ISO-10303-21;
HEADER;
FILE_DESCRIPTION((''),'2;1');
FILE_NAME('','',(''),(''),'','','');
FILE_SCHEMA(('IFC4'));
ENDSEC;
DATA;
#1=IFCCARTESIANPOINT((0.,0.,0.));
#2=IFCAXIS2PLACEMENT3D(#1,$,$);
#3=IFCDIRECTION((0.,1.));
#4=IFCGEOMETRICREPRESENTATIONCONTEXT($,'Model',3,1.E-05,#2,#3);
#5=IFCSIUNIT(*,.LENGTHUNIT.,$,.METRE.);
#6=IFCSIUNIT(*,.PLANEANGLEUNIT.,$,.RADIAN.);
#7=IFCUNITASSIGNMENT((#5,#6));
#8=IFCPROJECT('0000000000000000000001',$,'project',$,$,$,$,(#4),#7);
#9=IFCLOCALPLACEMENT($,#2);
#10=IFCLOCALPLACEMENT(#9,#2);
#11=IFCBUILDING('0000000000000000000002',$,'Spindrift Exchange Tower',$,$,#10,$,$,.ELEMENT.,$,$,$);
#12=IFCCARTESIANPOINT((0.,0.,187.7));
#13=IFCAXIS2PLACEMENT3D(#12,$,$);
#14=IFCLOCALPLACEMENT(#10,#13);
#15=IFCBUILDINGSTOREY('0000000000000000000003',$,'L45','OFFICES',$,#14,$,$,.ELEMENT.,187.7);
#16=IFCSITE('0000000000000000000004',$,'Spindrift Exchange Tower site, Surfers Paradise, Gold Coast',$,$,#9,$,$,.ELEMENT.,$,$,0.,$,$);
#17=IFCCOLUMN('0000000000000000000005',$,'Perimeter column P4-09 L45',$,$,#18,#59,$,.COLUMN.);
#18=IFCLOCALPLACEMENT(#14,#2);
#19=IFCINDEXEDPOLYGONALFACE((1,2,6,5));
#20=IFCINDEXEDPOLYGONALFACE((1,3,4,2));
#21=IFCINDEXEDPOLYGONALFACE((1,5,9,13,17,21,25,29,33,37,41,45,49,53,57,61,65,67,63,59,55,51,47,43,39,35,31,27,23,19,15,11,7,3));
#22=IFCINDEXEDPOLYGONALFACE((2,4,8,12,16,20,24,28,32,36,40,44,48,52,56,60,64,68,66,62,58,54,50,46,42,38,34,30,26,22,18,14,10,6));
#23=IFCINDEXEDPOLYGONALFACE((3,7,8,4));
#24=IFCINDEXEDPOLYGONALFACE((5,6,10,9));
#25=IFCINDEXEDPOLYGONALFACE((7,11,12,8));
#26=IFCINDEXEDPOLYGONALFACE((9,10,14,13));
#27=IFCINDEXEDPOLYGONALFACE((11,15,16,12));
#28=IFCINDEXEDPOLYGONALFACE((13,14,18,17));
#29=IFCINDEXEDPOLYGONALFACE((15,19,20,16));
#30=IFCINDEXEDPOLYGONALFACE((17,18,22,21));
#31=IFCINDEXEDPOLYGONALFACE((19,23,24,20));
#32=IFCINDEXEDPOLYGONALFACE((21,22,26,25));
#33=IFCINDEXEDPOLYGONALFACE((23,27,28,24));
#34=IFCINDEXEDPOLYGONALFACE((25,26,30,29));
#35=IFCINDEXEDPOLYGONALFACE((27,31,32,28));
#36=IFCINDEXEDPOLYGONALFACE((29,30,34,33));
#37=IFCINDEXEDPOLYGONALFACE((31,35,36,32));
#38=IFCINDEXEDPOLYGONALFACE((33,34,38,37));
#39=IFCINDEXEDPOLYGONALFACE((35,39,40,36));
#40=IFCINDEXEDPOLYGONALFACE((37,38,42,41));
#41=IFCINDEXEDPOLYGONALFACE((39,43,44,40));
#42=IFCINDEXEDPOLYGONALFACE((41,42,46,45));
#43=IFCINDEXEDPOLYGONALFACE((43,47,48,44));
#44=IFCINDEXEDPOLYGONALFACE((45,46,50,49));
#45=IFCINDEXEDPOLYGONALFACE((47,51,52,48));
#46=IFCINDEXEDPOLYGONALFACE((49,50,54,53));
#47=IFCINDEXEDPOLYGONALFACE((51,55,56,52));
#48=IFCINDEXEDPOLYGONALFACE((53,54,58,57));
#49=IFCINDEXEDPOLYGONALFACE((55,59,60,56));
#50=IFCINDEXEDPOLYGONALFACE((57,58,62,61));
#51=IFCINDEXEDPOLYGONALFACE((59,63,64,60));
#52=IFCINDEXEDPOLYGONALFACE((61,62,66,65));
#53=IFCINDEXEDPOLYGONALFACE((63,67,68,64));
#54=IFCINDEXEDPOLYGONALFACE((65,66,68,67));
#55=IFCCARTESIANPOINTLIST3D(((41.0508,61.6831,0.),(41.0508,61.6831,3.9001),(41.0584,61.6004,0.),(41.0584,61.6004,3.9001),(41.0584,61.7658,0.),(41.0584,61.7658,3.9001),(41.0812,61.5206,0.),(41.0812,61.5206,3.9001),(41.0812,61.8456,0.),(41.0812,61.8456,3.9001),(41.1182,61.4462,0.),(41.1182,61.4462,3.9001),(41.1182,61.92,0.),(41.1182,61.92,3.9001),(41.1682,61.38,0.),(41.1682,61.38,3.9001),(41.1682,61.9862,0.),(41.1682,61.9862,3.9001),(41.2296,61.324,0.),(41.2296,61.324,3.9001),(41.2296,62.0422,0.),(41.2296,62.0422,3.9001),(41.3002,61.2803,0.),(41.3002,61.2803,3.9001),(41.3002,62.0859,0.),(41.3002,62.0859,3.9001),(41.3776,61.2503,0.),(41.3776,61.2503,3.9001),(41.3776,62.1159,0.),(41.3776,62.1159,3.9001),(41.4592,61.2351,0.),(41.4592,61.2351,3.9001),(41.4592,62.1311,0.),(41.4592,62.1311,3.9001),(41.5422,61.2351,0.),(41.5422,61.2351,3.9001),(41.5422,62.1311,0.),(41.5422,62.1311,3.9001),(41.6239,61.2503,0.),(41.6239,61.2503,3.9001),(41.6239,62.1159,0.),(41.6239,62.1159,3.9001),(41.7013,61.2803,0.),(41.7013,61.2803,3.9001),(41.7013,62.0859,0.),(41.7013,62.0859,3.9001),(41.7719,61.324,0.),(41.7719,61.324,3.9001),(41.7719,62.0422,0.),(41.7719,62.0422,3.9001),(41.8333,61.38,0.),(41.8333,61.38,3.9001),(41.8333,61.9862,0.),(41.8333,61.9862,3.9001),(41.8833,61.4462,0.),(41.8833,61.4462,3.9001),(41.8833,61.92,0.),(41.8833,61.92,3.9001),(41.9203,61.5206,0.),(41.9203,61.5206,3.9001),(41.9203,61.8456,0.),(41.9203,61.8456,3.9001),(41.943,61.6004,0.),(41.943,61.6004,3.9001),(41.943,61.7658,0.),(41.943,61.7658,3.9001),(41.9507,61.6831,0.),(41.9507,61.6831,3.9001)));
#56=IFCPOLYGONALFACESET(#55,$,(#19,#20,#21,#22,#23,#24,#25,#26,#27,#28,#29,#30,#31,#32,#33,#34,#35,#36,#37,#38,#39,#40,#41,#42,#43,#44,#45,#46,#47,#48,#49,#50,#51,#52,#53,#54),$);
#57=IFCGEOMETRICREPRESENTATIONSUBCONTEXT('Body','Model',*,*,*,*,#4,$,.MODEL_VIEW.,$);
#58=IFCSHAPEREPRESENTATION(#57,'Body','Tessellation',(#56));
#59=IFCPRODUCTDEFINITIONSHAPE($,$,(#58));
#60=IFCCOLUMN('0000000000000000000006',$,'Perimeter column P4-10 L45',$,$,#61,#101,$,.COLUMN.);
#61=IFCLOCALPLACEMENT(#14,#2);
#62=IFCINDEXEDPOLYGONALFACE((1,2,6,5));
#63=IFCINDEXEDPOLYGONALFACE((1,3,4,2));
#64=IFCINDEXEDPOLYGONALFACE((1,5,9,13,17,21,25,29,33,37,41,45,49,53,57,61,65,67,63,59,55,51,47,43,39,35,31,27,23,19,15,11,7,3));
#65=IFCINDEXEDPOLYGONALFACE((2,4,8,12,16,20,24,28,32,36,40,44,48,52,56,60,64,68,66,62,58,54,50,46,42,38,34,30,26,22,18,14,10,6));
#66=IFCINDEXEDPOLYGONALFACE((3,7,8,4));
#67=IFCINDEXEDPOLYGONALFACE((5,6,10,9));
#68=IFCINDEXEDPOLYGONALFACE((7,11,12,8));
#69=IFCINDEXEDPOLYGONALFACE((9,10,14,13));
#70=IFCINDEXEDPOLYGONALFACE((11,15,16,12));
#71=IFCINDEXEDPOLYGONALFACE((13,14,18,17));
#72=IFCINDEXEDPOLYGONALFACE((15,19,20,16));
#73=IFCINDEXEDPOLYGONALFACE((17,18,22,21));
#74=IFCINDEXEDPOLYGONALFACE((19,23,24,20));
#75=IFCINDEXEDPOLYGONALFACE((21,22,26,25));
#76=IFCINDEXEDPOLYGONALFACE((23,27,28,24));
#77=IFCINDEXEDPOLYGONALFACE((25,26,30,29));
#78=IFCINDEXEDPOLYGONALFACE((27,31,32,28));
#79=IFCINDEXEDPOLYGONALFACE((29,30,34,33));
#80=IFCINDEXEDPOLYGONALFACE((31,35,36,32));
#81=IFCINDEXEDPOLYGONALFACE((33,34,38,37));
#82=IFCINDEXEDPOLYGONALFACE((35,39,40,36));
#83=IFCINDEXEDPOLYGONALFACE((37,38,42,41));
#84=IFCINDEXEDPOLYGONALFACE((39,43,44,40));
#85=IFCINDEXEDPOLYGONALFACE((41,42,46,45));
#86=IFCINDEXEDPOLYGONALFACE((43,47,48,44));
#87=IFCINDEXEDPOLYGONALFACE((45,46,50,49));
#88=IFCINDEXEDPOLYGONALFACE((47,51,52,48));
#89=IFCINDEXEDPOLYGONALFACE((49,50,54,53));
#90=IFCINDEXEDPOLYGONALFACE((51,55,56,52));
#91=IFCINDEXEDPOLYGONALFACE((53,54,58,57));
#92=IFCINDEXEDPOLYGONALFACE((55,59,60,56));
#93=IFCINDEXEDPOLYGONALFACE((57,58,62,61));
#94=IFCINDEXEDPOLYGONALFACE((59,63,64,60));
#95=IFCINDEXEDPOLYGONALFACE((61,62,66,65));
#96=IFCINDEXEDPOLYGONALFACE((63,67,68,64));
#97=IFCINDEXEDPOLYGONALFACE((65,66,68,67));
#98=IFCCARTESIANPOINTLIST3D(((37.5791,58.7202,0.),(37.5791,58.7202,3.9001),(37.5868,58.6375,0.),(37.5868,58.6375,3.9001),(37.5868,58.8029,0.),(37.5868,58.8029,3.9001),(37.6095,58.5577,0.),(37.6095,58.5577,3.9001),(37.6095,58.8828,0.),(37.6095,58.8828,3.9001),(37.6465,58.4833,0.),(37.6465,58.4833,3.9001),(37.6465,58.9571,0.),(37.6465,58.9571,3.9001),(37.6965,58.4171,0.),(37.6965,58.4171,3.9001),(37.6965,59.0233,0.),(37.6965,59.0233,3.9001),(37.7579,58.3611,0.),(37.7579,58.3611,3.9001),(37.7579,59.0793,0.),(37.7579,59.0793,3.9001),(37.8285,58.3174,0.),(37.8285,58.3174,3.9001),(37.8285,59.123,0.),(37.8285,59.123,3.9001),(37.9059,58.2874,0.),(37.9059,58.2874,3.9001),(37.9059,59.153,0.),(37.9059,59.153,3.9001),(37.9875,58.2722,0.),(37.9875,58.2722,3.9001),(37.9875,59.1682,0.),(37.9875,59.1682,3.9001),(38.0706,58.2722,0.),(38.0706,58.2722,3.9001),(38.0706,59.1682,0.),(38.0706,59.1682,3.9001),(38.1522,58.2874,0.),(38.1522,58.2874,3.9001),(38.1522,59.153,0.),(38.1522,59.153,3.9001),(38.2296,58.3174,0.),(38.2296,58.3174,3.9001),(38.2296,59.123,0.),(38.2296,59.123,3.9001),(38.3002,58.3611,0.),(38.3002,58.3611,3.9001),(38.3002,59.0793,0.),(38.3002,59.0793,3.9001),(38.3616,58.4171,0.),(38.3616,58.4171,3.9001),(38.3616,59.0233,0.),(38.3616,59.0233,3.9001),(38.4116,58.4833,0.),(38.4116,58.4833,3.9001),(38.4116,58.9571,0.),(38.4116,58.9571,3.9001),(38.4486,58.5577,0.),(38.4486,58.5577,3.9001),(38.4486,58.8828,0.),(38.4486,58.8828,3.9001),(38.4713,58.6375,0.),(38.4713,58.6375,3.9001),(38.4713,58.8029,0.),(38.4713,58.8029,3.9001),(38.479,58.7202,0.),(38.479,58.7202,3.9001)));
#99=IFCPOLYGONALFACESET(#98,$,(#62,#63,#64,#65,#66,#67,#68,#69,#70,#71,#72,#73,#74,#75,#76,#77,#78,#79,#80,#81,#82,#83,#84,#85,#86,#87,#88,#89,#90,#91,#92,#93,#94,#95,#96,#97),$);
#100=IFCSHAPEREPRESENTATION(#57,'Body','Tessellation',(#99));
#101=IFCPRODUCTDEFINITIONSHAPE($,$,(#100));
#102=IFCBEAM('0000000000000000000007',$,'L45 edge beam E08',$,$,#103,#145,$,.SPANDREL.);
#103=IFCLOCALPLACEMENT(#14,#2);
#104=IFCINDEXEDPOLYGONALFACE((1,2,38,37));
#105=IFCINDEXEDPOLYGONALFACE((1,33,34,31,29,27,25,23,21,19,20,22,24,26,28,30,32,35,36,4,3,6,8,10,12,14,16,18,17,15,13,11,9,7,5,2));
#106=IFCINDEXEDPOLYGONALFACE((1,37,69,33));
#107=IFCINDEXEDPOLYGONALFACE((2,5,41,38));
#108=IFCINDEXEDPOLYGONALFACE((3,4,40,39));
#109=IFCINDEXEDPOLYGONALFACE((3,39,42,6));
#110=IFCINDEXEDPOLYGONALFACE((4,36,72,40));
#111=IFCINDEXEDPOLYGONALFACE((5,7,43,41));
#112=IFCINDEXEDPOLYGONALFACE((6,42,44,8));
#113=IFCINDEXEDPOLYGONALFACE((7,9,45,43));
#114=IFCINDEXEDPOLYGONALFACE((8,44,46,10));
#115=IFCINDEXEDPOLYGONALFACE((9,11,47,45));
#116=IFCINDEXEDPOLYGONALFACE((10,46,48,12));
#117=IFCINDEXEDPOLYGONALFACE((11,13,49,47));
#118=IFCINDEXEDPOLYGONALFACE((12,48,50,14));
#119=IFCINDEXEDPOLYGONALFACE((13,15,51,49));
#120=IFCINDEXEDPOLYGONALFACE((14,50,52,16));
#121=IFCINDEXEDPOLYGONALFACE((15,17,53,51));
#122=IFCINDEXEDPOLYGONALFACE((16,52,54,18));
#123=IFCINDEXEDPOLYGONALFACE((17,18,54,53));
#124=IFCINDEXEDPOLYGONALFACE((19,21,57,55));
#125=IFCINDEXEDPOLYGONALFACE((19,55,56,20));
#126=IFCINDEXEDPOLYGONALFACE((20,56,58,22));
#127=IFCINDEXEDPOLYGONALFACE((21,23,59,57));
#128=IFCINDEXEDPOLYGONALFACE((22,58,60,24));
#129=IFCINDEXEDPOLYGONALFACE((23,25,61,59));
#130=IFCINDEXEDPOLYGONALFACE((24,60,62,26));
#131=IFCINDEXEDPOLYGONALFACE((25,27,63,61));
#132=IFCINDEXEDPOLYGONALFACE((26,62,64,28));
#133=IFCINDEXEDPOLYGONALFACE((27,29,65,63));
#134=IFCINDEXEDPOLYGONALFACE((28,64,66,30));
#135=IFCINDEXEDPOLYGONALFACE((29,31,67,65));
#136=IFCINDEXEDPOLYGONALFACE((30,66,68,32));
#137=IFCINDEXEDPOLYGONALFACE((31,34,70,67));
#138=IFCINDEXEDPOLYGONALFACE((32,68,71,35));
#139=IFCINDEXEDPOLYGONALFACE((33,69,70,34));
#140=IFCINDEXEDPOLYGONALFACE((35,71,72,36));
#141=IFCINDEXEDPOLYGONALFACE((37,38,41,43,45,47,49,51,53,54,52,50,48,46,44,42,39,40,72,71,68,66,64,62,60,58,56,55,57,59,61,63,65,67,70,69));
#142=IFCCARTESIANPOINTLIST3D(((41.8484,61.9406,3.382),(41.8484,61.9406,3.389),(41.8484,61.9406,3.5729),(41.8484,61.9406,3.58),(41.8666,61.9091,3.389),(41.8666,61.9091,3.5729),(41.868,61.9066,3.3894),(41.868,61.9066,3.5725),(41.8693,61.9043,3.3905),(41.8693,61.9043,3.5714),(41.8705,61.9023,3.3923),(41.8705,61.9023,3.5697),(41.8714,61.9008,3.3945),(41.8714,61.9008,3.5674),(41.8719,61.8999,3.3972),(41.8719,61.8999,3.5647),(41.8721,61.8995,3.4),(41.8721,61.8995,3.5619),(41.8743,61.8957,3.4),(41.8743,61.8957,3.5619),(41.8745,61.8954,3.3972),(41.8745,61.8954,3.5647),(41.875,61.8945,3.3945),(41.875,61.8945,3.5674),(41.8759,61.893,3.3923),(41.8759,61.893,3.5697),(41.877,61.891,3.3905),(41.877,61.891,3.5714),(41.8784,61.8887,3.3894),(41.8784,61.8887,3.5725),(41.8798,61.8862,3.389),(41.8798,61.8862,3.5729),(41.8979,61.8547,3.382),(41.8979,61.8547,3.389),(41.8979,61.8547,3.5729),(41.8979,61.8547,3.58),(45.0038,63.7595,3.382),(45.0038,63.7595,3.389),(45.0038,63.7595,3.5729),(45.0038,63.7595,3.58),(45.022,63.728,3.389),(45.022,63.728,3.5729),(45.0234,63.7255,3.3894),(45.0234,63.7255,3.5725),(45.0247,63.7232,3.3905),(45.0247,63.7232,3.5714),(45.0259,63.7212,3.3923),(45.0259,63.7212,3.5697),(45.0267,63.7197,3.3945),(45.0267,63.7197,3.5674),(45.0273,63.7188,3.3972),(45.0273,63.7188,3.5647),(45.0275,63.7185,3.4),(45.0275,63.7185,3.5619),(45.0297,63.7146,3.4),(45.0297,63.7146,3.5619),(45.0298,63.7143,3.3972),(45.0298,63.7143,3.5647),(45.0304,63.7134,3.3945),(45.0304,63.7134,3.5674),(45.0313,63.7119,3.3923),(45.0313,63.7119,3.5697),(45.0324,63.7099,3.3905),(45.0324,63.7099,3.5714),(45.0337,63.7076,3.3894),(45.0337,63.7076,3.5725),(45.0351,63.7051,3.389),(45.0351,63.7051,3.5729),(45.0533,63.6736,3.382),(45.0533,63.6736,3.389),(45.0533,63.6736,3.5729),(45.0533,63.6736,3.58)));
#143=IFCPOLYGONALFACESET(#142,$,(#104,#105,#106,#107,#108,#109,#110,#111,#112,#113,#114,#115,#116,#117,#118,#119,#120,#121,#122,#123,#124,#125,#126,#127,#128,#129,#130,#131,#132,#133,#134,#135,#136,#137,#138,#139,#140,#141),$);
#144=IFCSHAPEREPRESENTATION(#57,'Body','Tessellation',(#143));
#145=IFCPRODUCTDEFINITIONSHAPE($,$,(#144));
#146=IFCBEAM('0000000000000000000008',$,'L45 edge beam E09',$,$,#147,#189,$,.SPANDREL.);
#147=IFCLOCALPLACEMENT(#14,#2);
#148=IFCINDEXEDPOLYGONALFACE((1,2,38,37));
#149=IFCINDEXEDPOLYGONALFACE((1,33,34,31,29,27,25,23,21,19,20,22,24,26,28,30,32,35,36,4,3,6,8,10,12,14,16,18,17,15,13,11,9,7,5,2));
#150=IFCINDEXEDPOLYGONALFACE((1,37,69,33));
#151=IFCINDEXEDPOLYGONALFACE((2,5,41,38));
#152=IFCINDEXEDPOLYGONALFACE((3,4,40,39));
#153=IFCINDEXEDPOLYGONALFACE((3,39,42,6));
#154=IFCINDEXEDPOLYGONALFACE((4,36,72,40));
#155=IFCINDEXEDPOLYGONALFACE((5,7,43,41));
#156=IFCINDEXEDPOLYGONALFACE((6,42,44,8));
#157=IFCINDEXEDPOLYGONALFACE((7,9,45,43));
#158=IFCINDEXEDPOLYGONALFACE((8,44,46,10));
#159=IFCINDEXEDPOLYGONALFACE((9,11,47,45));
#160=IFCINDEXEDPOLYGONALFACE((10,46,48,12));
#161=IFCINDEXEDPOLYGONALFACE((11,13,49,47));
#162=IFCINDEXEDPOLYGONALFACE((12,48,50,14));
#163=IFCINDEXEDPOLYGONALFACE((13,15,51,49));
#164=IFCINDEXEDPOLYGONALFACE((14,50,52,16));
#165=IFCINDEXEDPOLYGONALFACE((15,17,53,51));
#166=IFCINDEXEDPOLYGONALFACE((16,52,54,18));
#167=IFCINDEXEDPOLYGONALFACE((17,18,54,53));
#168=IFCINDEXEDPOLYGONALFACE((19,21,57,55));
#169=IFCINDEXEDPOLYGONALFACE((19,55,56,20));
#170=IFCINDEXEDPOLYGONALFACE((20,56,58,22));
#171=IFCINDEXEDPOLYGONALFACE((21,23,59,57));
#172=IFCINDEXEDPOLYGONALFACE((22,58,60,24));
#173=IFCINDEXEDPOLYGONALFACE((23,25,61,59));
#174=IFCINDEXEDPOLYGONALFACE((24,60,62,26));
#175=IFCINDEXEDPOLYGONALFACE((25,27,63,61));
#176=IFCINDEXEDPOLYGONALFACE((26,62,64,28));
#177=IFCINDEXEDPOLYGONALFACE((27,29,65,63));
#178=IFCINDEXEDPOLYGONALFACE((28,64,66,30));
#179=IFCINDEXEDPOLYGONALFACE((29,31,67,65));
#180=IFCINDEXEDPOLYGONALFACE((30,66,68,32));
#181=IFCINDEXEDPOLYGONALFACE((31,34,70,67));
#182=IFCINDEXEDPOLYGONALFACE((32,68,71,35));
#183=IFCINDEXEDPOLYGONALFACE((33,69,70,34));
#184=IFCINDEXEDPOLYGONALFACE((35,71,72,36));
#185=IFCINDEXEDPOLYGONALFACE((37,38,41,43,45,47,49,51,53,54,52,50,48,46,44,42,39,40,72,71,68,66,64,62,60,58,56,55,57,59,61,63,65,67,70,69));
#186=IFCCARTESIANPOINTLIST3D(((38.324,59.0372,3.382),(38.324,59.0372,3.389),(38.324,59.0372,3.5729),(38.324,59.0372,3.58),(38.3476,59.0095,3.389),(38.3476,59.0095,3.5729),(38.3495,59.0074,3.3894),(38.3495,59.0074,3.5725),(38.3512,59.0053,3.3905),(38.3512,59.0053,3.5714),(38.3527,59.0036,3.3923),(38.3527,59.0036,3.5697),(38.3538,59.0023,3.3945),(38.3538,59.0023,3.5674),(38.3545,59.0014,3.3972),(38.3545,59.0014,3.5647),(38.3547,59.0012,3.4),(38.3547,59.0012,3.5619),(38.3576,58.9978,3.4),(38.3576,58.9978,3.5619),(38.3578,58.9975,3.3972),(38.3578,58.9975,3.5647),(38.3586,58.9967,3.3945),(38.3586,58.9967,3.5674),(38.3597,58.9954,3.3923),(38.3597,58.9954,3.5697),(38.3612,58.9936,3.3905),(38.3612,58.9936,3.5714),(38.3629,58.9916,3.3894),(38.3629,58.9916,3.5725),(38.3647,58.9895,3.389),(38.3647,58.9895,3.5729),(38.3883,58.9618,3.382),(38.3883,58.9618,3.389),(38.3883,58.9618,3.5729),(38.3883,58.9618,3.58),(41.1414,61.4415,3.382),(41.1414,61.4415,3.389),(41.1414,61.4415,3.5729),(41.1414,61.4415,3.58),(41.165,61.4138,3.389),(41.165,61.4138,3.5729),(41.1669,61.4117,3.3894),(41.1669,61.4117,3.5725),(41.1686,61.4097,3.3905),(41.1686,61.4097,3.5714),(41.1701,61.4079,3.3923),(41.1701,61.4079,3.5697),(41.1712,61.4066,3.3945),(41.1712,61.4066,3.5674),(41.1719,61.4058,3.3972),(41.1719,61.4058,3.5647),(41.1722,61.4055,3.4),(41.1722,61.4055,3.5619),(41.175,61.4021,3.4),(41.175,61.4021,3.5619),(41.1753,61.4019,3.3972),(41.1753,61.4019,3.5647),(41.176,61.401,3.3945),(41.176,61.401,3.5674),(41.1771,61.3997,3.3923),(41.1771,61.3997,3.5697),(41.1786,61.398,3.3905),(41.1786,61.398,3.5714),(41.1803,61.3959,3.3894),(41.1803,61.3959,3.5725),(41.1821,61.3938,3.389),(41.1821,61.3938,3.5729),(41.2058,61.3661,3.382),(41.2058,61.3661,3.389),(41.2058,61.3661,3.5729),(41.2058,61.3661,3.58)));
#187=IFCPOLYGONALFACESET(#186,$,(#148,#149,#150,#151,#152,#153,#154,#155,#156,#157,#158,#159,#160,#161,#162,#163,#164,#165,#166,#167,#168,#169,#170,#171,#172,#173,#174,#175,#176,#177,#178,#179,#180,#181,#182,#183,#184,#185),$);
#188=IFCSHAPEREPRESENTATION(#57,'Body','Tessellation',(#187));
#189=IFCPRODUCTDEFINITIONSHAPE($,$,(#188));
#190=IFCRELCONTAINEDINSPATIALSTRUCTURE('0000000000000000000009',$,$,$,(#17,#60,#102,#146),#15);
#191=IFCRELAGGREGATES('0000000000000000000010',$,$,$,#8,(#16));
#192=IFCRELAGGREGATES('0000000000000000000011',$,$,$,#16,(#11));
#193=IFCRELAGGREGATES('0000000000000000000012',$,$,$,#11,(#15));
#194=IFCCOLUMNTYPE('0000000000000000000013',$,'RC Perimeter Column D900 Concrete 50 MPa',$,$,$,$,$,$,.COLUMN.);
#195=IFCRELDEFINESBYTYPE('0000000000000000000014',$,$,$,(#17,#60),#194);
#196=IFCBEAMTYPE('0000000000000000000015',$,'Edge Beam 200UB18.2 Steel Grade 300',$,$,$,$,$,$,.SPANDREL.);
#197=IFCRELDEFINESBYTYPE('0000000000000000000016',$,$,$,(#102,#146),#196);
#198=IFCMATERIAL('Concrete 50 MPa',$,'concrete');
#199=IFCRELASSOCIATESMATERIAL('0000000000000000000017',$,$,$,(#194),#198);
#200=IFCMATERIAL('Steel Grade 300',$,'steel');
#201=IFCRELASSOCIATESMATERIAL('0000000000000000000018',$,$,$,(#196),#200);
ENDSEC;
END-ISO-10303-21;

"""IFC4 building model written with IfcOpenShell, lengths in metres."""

from ifc_helpers import new_model, si_unit, direction, frame, origin, origin_2d, place, context, subcontext, project, spatial, circle, i_section, extrude, source, transform, mapped, material, material_profile, profile_set, type_object, element, save


model = new_model("IFC4")

# Units and contexts
model_context = context("Model", 3, precision=1e-05, world=origin(), true_north=direction((0.0, 1.0)))
body_context = subcontext(model_context, "Body", "Model", "MODEL_VIEW")
ifc_project = project(units=[si_unit("LENGTHUNIT", "METRE"), si_unit("PLANEANGLEUNIT", "RADIAN")], contexts=[model_context])

# Site, building, storey
site_placement = place(None, origin())
site = spatial("IfcSite", under=ifc_project, at=site_placement, Name="Spindrift Exchange Tower site, Surfers Paradise, Gold Coast", CompositionType="ELEMENT", RefElevation=0.0)
building_placement = place(site_placement, origin())
building = spatial("IfcBuilding", under=site, at=building_placement, Name="Spindrift Exchange Tower", CompositionType="ELEMENT")
storey_placement = place(building_placement, frame((0.0, 0.0, 187.7)))
storey = spatial("IfcBuildingStorey", under=building, at=storey_placement, Name="L45", Description="OFFICES", CompositionType="ELEMENT", Elevation=187.7)

# Columns
ifc_material_1 = material(Name="Concrete 50 MPa", Category="concrete")
ifc_material_profile_1 = material_profile(ifc_material_1, circle(Radius=0.45, at=origin_2d()), Name="RC D900")
ifc_profile_set_1 = profile_set([ifc_material_profile_1], Name="Concrete 50 MPa")
column_type = type_object("IfcColumnType", Name="RC Perimeter Column D900 Concrete 50 MPa", PredefinedType="COLUMN", material=ifc_profile_set_1)
shared_shape_1 = source(origin(), body_context, "Body", "SweptSolid", [
    extrude(circle(Radius=0.45, at=origin_2d()), origin(), (0.0, 0.0, 1.0), 3.9001),
])
for number, where, z_axis, x_axis, name in (
    (1, (41.5007, 61.6831, 0.0), (0.0, 0.0, 1.0), (1.0, 0.0, 0.0), "Perimeter column P4-09 L45"),
    (2, (38.0291, 58.7202, 0.0), (0.0, 0.0, 1.0), (1.0, 0.0, 0.0), "Perimeter column P4-10 L45"),
):
    element("IfcColumn", number, at=place(storey_placement, frame(where, z_axis=z_axis, x_axis=x_axis)), inside=storey, type_object=column_type, Name=name, PredefinedType="COLUMN", context=body_context, shape_type="MappedRepresentation", body=[
        mapped(shared_shape_1, transform((0.0, 0.0, 0.0), scale=1.0)),
    ])

# Beams
ifc_material_2 = material(Name="Steel Grade 300", Category="steel")
ifc_material_profile_2 = material_profile(ifc_material_2, i_section(OverallWidth=0.0991, OverallDepth=0.198, WebThickness=0.0044, FlangeThickness=0.0071, FilletRadius=0.011, at=origin_2d()), Name="200UB18.2")
ifc_profile_set_2 = profile_set([ifc_material_profile_2], Name="Steel Grade 300")
beam_type_1 = type_object("IfcBeamType", Name="Edge Beam 200UB18.2 Steel Grade 300", PredefinedType="SPANDREL", material=ifc_profile_set_2)
shared_shape_2 = source(origin(), body_context, "Body", "SweptSolid", [
    extrude(i_section(OverallWidth=0.0991, OverallDepth=0.198, WebThickness=0.0044, FlangeThickness=0.0071, FilletRadius=0.011, at=origin_2d()), origin(), (0.0, 0.0, 1.0), 3.6421),
])
beam_1_placement = place(storey_placement, frame((45.0286, 63.7166, 3.481), z_axis=(-0.866364, -0.499413, 0.0), x_axis=(0.499413, -0.866364, 0.0)))
element("IfcBeam", 3, at=beam_1_placement, inside=storey, type_object=beam_type_1, Name="L45 edge beam E08", PredefinedType="SPANDREL", context=body_context, shape_type="MappedRepresentation", body=[
    mapped(shared_shape_2, transform((0.0, 0.0, 0.0), scale=1.0)),
])
shared_shape_3 = source(origin(), body_context, "Body", "SweptSolid", [
    extrude(i_section(OverallWidth=0.0991, OverallDepth=0.198, WebThickness=0.0044, FlangeThickness=0.0071, FilletRadius=0.011, at=origin_2d()), origin(), (0.0, 0.0, 1.0), 3.7039),
])
beam_2_placement = place(storey_placement, frame((41.1736, 61.4038, 3.481), z_axis=(-0.760669, -0.64914, 0.0), x_axis=(0.64914, -0.760669, 0.0)))
element("IfcBeam", 4, at=beam_2_placement, inside=storey, type_object=beam_type_1, Name="L45 edge beam E09", PredefinedType="SPANDREL", context=body_context, shape_type="MappedRepresentation", body=[
    mapped(shared_shape_3, transform((0.0, 0.0, 0.0), scale=1.0)),
])

save(model, "model.ifc")
